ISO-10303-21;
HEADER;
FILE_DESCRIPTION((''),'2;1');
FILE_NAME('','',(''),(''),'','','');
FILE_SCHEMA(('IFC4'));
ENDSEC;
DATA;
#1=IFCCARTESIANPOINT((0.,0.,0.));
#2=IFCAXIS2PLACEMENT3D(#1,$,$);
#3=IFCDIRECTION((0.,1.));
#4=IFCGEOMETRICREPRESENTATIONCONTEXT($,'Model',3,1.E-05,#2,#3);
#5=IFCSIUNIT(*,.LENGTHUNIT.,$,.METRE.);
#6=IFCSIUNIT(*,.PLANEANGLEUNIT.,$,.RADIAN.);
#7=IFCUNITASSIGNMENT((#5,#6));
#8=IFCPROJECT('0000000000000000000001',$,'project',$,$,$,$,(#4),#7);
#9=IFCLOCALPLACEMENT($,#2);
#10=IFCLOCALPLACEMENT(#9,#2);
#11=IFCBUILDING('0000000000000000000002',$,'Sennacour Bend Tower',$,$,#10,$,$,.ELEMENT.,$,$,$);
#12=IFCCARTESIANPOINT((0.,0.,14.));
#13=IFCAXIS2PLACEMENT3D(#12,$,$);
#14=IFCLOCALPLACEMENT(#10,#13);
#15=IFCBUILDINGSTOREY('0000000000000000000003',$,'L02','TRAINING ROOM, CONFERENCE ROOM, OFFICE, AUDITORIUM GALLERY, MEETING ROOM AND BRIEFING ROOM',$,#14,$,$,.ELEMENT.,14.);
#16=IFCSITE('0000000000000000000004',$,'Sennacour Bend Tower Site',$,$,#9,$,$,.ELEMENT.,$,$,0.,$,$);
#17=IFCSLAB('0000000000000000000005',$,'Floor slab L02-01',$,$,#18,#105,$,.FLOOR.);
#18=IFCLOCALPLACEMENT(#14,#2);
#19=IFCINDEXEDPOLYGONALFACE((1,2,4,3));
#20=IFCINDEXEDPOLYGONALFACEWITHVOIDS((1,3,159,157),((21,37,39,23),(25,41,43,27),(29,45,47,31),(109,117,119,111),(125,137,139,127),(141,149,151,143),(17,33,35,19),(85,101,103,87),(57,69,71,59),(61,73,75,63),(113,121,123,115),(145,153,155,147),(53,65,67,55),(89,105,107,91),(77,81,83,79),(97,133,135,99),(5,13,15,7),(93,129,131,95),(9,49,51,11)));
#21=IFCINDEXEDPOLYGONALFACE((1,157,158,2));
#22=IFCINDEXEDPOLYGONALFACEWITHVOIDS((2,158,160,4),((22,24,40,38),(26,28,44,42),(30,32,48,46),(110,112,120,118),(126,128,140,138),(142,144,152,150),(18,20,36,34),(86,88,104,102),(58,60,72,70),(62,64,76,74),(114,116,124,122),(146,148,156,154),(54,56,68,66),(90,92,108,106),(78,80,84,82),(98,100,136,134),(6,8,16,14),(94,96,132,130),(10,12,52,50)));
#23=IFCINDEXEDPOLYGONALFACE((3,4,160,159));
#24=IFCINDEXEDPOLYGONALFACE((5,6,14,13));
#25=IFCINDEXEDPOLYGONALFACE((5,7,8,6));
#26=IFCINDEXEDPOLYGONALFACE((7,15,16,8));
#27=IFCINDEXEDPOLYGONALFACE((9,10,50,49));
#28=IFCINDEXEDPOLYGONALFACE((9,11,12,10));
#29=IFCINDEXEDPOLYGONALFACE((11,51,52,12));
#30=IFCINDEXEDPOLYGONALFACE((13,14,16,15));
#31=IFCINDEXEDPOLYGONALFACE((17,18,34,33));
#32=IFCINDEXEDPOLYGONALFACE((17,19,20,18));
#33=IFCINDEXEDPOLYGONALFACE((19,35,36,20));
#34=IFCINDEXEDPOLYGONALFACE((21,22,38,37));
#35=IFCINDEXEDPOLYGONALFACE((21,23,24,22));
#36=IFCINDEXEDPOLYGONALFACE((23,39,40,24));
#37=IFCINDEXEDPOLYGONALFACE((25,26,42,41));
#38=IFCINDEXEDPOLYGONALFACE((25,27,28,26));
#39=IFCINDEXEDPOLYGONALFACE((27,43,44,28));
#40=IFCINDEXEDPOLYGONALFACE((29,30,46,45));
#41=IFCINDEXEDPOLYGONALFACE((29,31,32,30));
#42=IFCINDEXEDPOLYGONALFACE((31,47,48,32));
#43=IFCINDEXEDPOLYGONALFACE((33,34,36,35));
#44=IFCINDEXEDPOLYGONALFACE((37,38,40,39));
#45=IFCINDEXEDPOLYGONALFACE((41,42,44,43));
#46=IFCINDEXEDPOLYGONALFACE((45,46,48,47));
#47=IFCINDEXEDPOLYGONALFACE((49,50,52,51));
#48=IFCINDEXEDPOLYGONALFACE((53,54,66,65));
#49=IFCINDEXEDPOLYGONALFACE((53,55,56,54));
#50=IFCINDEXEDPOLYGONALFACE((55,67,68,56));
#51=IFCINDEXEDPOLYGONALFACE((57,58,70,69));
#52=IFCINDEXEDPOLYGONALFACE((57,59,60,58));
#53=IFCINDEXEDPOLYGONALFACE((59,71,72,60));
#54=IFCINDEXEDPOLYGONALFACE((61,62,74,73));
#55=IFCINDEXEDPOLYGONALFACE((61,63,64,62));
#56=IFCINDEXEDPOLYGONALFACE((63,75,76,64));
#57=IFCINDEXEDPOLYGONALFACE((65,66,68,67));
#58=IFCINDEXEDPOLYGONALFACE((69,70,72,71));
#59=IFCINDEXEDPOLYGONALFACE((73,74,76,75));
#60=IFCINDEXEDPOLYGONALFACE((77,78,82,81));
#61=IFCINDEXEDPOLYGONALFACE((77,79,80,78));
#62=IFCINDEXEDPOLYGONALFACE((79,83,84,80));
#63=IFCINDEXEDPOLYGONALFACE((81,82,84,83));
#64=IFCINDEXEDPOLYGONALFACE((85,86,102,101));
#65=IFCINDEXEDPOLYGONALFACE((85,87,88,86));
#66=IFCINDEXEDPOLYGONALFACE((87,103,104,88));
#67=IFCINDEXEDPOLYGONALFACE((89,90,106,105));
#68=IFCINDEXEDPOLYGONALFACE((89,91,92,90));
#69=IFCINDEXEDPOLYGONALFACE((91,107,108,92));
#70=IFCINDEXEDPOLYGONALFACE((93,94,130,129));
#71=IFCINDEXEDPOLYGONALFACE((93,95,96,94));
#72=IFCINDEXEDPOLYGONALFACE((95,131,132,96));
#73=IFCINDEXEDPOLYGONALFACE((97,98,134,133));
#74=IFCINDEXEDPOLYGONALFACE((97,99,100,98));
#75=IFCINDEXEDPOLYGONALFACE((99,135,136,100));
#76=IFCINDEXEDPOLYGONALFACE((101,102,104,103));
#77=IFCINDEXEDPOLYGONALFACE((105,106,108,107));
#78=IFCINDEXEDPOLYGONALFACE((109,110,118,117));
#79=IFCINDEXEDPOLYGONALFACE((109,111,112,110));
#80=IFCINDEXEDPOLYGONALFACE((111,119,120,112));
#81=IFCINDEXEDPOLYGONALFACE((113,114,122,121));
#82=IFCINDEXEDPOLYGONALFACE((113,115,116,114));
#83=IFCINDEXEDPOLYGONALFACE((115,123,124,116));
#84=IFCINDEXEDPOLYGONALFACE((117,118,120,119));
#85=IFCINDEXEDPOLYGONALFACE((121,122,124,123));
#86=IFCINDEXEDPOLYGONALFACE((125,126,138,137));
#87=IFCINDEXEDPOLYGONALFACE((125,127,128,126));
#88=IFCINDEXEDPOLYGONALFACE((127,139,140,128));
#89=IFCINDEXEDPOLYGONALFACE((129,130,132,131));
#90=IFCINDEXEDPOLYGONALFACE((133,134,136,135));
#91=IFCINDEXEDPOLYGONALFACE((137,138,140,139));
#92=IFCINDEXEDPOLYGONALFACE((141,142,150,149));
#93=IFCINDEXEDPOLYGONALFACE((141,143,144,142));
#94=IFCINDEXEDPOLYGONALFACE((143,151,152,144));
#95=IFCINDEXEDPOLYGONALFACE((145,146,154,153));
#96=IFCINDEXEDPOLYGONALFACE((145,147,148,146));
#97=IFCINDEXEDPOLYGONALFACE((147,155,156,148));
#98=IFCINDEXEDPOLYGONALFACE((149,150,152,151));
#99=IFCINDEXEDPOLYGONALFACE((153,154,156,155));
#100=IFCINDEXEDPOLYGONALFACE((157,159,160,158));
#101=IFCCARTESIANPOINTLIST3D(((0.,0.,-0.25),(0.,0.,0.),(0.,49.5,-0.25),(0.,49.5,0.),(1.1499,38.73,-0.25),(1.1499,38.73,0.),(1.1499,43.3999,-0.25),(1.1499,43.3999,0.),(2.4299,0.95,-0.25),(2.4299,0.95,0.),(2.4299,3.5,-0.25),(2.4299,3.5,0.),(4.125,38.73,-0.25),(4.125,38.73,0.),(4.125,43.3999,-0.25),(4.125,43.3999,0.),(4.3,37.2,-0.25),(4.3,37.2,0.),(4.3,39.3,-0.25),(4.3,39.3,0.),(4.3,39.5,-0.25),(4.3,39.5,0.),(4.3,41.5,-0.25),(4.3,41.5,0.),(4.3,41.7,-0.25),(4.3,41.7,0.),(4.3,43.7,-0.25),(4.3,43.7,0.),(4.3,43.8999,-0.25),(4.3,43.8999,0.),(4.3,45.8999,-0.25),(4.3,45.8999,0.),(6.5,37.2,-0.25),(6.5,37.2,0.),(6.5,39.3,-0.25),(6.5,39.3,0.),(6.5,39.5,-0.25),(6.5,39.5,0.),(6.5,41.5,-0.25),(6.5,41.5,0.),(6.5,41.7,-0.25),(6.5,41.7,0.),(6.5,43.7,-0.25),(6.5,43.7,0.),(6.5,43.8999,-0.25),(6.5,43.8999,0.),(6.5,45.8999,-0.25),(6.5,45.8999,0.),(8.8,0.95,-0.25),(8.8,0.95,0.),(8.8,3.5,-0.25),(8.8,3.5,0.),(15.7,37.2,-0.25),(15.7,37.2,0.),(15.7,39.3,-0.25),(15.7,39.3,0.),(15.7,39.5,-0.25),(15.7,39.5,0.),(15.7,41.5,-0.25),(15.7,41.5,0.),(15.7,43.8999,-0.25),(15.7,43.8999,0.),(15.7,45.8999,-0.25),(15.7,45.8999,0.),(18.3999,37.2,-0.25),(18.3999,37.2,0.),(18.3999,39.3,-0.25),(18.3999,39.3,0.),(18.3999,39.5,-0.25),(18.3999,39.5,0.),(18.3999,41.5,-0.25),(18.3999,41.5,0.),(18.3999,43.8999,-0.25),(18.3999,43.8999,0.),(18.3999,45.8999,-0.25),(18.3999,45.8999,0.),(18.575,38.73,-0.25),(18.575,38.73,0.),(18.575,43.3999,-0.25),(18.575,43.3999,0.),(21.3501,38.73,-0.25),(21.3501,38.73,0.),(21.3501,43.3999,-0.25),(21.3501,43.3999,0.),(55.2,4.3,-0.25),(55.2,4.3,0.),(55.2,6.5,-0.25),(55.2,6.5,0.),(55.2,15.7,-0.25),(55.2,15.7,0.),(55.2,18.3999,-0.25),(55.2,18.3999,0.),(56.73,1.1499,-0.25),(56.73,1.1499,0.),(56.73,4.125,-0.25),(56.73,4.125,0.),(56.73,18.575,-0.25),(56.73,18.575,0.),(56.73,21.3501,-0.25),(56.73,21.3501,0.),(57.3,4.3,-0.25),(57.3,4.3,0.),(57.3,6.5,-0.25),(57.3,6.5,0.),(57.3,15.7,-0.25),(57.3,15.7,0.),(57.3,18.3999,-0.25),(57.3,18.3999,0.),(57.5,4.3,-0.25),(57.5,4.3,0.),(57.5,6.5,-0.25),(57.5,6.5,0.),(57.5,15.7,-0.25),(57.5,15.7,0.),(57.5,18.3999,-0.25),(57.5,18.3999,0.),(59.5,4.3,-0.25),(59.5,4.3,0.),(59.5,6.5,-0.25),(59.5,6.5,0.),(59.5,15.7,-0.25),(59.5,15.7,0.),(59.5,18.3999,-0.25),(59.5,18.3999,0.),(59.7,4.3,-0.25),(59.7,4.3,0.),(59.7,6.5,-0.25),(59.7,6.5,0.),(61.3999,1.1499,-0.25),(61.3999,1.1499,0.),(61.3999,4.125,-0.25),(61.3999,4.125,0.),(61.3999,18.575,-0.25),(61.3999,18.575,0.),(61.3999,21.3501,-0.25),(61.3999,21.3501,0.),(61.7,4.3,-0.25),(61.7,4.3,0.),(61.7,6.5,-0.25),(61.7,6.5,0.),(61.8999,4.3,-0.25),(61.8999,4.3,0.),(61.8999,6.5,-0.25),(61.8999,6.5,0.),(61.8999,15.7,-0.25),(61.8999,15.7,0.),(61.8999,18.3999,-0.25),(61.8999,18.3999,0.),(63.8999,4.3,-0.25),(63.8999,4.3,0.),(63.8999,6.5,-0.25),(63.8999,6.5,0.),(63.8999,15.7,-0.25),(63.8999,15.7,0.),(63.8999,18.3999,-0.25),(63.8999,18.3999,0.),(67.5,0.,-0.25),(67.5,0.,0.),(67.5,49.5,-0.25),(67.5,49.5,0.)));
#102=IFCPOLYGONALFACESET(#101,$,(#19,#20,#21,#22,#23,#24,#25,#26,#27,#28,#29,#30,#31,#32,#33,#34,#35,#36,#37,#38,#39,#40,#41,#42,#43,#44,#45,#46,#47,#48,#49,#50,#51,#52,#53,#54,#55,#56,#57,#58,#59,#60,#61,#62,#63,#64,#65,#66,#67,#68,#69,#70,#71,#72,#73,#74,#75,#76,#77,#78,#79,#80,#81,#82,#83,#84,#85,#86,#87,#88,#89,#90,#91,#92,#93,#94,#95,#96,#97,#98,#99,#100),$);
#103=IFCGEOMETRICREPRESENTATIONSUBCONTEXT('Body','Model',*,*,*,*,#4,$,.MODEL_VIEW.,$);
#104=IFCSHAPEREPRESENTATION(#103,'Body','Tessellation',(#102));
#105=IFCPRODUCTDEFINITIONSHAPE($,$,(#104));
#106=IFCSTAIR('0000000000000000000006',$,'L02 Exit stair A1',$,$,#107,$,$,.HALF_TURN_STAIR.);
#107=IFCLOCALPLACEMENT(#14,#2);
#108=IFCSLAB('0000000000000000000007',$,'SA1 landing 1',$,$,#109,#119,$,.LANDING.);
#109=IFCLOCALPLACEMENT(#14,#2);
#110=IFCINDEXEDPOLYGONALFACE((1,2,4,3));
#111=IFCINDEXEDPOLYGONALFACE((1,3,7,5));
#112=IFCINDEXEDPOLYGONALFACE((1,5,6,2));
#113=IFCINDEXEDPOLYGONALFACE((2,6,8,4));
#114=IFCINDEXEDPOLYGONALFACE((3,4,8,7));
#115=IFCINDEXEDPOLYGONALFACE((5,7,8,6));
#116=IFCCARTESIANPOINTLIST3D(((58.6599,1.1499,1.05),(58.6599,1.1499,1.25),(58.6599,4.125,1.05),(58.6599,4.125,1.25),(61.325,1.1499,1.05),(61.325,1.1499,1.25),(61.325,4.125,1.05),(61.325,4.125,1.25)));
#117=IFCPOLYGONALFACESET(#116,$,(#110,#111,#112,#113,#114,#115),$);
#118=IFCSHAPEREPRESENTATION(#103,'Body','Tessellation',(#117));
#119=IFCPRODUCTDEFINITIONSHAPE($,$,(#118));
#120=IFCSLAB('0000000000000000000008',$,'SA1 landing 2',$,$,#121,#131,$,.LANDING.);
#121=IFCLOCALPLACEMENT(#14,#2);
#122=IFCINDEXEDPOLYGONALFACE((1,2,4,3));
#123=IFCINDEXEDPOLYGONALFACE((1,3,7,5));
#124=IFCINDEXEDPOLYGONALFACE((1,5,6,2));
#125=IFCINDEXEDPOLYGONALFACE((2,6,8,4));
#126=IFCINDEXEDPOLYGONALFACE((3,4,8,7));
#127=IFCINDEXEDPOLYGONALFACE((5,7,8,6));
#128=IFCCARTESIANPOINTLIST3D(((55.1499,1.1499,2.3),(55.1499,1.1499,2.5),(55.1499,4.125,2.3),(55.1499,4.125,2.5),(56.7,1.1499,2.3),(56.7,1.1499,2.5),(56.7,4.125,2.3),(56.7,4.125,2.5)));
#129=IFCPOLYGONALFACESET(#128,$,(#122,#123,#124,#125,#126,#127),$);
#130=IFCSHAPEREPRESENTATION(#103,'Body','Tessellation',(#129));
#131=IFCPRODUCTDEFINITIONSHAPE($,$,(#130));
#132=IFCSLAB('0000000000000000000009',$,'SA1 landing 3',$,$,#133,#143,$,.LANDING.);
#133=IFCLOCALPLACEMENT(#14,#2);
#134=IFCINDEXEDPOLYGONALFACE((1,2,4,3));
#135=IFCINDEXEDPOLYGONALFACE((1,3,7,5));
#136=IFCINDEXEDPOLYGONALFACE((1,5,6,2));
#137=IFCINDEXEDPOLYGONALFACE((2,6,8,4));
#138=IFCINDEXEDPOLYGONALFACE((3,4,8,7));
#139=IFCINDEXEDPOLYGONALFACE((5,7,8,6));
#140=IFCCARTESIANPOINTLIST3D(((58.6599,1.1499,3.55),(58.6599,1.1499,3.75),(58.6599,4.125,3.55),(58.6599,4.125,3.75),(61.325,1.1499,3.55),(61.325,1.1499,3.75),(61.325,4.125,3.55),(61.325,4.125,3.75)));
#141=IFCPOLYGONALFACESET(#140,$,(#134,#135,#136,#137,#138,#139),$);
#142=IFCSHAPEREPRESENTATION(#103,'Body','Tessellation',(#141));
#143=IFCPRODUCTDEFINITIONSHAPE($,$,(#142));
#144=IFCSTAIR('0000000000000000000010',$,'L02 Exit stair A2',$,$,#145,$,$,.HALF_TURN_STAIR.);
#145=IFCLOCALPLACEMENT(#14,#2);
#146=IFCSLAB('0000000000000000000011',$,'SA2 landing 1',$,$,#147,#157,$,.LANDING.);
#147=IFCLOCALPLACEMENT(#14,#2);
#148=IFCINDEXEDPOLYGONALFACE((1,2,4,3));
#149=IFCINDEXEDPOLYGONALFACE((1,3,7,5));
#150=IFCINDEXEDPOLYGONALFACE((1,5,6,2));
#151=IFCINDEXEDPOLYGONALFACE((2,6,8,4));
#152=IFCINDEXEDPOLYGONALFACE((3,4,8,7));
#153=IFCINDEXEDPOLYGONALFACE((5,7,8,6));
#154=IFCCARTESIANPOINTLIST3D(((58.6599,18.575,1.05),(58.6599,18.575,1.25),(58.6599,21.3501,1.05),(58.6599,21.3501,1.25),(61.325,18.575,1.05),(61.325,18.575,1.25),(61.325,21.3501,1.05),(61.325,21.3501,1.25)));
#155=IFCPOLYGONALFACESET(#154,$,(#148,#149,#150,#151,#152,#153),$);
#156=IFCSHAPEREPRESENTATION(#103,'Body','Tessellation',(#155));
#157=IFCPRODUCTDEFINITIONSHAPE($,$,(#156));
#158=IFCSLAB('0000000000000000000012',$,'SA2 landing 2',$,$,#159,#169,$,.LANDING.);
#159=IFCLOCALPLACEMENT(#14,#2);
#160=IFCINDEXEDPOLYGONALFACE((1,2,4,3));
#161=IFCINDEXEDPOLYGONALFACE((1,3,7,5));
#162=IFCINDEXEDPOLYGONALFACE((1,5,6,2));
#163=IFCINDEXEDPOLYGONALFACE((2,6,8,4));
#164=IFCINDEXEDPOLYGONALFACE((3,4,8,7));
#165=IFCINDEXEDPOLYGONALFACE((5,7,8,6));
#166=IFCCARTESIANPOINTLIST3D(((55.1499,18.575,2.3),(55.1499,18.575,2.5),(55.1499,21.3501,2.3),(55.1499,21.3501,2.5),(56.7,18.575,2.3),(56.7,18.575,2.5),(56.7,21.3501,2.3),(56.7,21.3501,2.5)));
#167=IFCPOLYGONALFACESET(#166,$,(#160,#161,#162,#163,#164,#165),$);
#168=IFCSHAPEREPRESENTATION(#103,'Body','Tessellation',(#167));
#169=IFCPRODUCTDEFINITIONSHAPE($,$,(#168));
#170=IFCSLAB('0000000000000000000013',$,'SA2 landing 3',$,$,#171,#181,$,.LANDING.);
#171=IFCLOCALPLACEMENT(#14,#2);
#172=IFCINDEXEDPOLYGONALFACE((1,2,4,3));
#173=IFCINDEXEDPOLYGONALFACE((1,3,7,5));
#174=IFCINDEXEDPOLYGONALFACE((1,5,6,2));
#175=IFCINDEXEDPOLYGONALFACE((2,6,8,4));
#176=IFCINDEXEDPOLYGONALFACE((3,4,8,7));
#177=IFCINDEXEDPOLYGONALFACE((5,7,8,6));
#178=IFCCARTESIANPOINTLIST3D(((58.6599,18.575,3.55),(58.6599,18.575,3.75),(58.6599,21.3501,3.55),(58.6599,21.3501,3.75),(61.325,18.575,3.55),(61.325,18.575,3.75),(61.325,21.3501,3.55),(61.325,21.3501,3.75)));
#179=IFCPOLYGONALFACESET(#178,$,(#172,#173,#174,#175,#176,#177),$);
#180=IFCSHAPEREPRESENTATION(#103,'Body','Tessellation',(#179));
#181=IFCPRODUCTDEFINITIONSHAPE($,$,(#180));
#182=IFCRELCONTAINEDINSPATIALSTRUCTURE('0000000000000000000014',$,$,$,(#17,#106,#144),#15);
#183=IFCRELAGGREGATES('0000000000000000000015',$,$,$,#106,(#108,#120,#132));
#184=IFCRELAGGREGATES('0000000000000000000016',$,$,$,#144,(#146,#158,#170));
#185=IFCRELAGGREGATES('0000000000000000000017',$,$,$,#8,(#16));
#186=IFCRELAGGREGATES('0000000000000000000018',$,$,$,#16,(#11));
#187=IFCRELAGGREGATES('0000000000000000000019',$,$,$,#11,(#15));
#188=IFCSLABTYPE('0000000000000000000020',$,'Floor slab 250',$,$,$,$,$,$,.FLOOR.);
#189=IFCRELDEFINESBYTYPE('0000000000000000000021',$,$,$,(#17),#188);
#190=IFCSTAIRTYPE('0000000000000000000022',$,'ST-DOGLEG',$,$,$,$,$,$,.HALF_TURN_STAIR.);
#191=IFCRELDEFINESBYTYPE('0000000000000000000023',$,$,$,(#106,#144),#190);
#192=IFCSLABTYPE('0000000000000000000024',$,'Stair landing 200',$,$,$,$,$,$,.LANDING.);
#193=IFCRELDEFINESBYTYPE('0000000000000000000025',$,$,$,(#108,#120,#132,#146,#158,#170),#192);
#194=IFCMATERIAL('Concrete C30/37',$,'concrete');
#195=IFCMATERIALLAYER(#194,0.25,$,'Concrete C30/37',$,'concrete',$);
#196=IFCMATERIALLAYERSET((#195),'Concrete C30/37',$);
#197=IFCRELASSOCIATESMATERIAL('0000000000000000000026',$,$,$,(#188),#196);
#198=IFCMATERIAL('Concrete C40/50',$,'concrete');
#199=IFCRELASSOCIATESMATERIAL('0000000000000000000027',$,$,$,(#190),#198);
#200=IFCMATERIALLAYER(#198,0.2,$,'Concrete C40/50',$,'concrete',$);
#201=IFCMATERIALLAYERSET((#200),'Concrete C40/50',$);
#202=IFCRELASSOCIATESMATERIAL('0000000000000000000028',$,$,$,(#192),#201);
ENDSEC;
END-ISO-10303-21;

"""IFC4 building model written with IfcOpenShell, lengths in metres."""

from ifc_helpers import new_model, si_unit, direction, frame, origin, place, context, subcontext, project, spatial, polyline, outline, extrude, material, layer, layer_set, type_object, element, aggregate, save


model = new_model("IFC4")

# Units and contexts
model_context = context("Model", 3, precision=1e-05, world=origin(), true_north=direction((0.0, 1.0)))
body_context = subcontext(model_context, "Body", "Model", "MODEL_VIEW")
ifc_project = project(units=[si_unit("LENGTHUNIT", "METRE"), si_unit("PLANEANGLEUNIT", "RADIAN")], contexts=[model_context])

# Site, building, storey
site_placement = place(None, origin())
site = spatial("IfcSite", under=ifc_project, at=site_placement, Name="Sennacour Bend Tower Site", CompositionType="ELEMENT", RefElevation=0.0)
building_placement = place(site_placement, origin())
building = spatial("IfcBuilding", under=site, at=building_placement, Name="Sennacour Bend Tower", CompositionType="ELEMENT")
storey_placement = place(building_placement, frame((0.0, 0.0, 14.0)))
storey = spatial("IfcBuildingStorey", under=building, at=storey_placement, Name="L02", Description="TRAINING ROOM, CONFERENCE ROOM, OFFICE, AUDITORIUM GALLERY, MEETING ROOM AND BRIEFING ROOM", CompositionType="ELEMENT", Elevation=14.0)

# Slab
ifc_material_1 = material(Name="Concrete C30/37", Category="concrete")
ifc_layer_1 = layer(ifc_material_1, 0.25, Name="Concrete C30/37", Category="concrete")
ifc_layer_set_1 = layer_set([ifc_layer_1], Name="Concrete C30/37")
slab_type_1 = type_object("IfcSlabType", Name="Floor slab 250", PredefinedType="FLOOR", material=ifc_layer_set_1)
slab_1_placement = place(storey_placement, frame((0.0, 0.0, -0.25)))
element("IfcSlab", 1, at=slab_1_placement, inside=storey, type_object=slab_type_1, Name="Floor slab L02-01", PredefinedType="FLOOR", context=body_context, shape_type="SweptSolid", body=[
    extrude(outline(polyline([(0.0, 0.0), (0.0, 49.5), (67.5, 49.5), (67.5, 0.0), (0.0, 0.0)]), holes=[polyline([(8.8, 0.95), (8.8, 3.5), (2.4299, 3.5), (2.4299, 0.95), (8.8, 0.95)]), polyline([(6.5, 37.2), (6.5, 39.3), (4.3, 39.3), (4.3, 37.2), (6.5, 37.2)]), polyline([(18.3999, 37.2), (18.3999, 39.3), (15.7, 39.3), (15.7, 37.2), (18.3999, 37.2)]), polyline([(6.5, 39.5), (6.5, 41.5), (4.3, 41.5), (4.3, 39.5), (6.5, 39.5)]), polyline([(18.3999, 39.5), (18.3999, 41.5), (15.7, 41.5), (15.7, 39.5), (18.3999, 39.5)]), polyline([(4.125, 38.73), (4.125, 43.3999), (1.1499, 43.3999), (1.1499, 38.73), (4.125, 38.73)]), polyline([(21.3501, 38.73), (21.3501, 43.3999), (18.575, 43.3999), (18.575, 38.73), (21.3501, 38.73)]), polyline([(4.3, 41.7), (6.5, 41.7), (6.5, 43.7), (4.3, 43.7), (4.3, 41.7)]), polyline([(4.3, 43.8999), (6.5, 43.8999), (6.5, 45.8999), (4.3, 45.8999), (4.3, 43.8999)]), polyline([(18.3999, 43.8999), (18.3999, 45.8999), (15.7, 45.8999), (15.7, 43.8999), (18.3999, 43.8999)]), polyline([(61.3999, 1.1499), (61.3999, 4.125), (56.73, 4.125), (56.73, 1.1499), (61.3999, 1.1499)]), polyline([(57.3, 4.3), (57.3, 6.5), (55.2, 6.5), (55.2, 4.3), (57.3, 4.3)]), polyline([(57.5, 4.3), (59.5, 4.3), (59.5, 6.5), (57.5, 6.5), (57.5, 4.3)]), polyline([(59.7, 4.3), (61.7, 4.3), (61.7, 6.5), (59.7, 6.5), (59.7, 4.3)]), polyline([(63.8999, 4.3), (63.8999, 6.5), (61.8999, 6.5), (61.8999, 4.3), (63.8999, 4.3)]), polyline([(57.3, 15.7), (57.3, 18.3999), (55.2, 18.3999), (55.2, 15.7), (57.3, 15.7)]), polyline([(59.5, 15.7), (59.5, 18.3999), (57.5, 18.3999), (57.5, 15.7), (59.5, 15.7)]), polyline([(61.8999, 15.7), (63.8999, 15.7), (63.8999, 18.3999), (61.8999, 18.3999), (61.8999, 15.7)]), polyline([(56.73, 18.575), (61.3999, 18.575), (61.3999, 21.3501), (56.73, 21.3501), (56.73, 18.575)])]), origin(), (0.0, 0.0, 1.0), 0.25),
])

# Stairs, slabs
ifc_material_2 = material(Name="Concrete C40/50", Category="concrete")
stair_type = type_object("IfcStairType", Name="ST-DOGLEG", PredefinedType="HALF_TURN_STAIR", material=ifc_material_2)
stair_1_placement = place(storey_placement, origin())
stair_1 = element("IfcStair", 2, at=stair_1_placement, inside=storey, type_object=stair_type, Name="L02 Exit stair A1", PredefinedType="HALF_TURN_STAIR")
ifc_layer_2 = layer(ifc_material_2, 0.2, Name="Concrete C40/50", Category="concrete")
ifc_layer_set_2 = layer_set([ifc_layer_2], Name="Concrete C40/50")
slab_type_2 = type_object("IfcSlabType", Name="Stair landing 200", PredefinedType="LANDING", material=ifc_layer_set_2)
slab_2_placement = place(storey_placement, frame((0.0, 0.0, 1.05)))
slab_2 = element("IfcSlab", 3, at=slab_2_placement, type_object=slab_type_2, Name="SA1 landing 1", PredefinedType="LANDING", context=body_context, shape_type="SweptSolid", body=[
    extrude(outline(polyline([(58.6599, 1.1499), (61.325, 1.1499), (61.325, 4.125), (58.6599, 4.125), (58.6599, 1.1499)])), origin(), (0.0, 0.0, 1.0), 0.2),
])
slab_3_placement = place(storey_placement, frame((0.0, 0.0, 2.3)))
slab_3 = element("IfcSlab", 4, at=slab_3_placement, type_object=slab_type_2, Name="SA1 landing 2", PredefinedType="LANDING", context=body_context, shape_type="SweptSolid", body=[
    extrude(outline(polyline([(55.1499, 1.1499), (56.7, 1.1499), (56.7, 4.125), (55.1499, 4.125), (55.1499, 1.1499)])), origin(), (0.0, 0.0, 1.0), 0.2),
])
slab_4_placement = place(storey_placement, frame((0.0, 0.0, 3.55)))
slab_4 = element("IfcSlab", 5, at=slab_4_placement, type_object=slab_type_2, Name="SA1 landing 3", PredefinedType="LANDING", context=body_context, shape_type="SweptSolid", body=[
    extrude(outline(polyline([(58.6599, 1.1499), (61.325, 1.1499), (61.325, 4.125), (58.6599, 4.125), (58.6599, 1.1499)])), origin(), (0.0, 0.0, 1.0), 0.2),
])
aggregate(stair_1, [slab_2, slab_3, slab_4])
stair_2_placement = place(storey_placement, origin())
stair_2 = element("IfcStair", 6, at=stair_2_placement, inside=storey, type_object=stair_type, Name="L02 Exit stair A2", PredefinedType="HALF_TURN_STAIR")
slab_5_placement = place(storey_placement, frame((0.0, 0.0, 1.05)))
slab_5 = element("IfcSlab", 7, at=slab_5_placement, type_object=slab_type_2, Name="SA2 landing 1", PredefinedType="LANDING", context=body_context, shape_type="SweptSolid", body=[
    extrude(outline(polyline([(58.6599, 18.575), (61.325, 18.575), (61.325, 21.3501), (58.6599, 21.3501), (58.6599, 18.575)])), origin(), (0.0, 0.0, 1.0), 0.2),
])
slab_6_placement = place(storey_placement, frame((0.0, 0.0, 2.3)))
slab_6 = element("IfcSlab", 8, at=slab_6_placement, type_object=slab_type_2, Name="SA2 landing 2", PredefinedType="LANDING", context=body_context, shape_type="SweptSolid", body=[
    extrude(outline(polyline([(55.1499, 18.575), (56.7, 18.575), (56.7, 21.3501), (55.1499, 21.3501), (55.1499, 18.575)])), origin(), (0.0, 0.0, 1.0), 0.2),
])
slab_7_placement = place(storey_placement, frame((0.0, 0.0, 3.55)))
slab_7 = element("IfcSlab", 9, at=slab_7_placement, type_object=slab_type_2, Name="SA2 landing 3", PredefinedType="LANDING", context=body_context, shape_type="SweptSolid", body=[
    extrude(outline(polyline([(58.6599, 18.575), (61.325, 18.575), (61.325, 21.3501), (58.6599, 21.3501), (58.6599, 18.575)])), origin(), (0.0, 0.0, 1.0), 0.2),
])
aggregate(stair_2, [slab_5, slab_6, slab_7])

save(model, "model.ifc")
